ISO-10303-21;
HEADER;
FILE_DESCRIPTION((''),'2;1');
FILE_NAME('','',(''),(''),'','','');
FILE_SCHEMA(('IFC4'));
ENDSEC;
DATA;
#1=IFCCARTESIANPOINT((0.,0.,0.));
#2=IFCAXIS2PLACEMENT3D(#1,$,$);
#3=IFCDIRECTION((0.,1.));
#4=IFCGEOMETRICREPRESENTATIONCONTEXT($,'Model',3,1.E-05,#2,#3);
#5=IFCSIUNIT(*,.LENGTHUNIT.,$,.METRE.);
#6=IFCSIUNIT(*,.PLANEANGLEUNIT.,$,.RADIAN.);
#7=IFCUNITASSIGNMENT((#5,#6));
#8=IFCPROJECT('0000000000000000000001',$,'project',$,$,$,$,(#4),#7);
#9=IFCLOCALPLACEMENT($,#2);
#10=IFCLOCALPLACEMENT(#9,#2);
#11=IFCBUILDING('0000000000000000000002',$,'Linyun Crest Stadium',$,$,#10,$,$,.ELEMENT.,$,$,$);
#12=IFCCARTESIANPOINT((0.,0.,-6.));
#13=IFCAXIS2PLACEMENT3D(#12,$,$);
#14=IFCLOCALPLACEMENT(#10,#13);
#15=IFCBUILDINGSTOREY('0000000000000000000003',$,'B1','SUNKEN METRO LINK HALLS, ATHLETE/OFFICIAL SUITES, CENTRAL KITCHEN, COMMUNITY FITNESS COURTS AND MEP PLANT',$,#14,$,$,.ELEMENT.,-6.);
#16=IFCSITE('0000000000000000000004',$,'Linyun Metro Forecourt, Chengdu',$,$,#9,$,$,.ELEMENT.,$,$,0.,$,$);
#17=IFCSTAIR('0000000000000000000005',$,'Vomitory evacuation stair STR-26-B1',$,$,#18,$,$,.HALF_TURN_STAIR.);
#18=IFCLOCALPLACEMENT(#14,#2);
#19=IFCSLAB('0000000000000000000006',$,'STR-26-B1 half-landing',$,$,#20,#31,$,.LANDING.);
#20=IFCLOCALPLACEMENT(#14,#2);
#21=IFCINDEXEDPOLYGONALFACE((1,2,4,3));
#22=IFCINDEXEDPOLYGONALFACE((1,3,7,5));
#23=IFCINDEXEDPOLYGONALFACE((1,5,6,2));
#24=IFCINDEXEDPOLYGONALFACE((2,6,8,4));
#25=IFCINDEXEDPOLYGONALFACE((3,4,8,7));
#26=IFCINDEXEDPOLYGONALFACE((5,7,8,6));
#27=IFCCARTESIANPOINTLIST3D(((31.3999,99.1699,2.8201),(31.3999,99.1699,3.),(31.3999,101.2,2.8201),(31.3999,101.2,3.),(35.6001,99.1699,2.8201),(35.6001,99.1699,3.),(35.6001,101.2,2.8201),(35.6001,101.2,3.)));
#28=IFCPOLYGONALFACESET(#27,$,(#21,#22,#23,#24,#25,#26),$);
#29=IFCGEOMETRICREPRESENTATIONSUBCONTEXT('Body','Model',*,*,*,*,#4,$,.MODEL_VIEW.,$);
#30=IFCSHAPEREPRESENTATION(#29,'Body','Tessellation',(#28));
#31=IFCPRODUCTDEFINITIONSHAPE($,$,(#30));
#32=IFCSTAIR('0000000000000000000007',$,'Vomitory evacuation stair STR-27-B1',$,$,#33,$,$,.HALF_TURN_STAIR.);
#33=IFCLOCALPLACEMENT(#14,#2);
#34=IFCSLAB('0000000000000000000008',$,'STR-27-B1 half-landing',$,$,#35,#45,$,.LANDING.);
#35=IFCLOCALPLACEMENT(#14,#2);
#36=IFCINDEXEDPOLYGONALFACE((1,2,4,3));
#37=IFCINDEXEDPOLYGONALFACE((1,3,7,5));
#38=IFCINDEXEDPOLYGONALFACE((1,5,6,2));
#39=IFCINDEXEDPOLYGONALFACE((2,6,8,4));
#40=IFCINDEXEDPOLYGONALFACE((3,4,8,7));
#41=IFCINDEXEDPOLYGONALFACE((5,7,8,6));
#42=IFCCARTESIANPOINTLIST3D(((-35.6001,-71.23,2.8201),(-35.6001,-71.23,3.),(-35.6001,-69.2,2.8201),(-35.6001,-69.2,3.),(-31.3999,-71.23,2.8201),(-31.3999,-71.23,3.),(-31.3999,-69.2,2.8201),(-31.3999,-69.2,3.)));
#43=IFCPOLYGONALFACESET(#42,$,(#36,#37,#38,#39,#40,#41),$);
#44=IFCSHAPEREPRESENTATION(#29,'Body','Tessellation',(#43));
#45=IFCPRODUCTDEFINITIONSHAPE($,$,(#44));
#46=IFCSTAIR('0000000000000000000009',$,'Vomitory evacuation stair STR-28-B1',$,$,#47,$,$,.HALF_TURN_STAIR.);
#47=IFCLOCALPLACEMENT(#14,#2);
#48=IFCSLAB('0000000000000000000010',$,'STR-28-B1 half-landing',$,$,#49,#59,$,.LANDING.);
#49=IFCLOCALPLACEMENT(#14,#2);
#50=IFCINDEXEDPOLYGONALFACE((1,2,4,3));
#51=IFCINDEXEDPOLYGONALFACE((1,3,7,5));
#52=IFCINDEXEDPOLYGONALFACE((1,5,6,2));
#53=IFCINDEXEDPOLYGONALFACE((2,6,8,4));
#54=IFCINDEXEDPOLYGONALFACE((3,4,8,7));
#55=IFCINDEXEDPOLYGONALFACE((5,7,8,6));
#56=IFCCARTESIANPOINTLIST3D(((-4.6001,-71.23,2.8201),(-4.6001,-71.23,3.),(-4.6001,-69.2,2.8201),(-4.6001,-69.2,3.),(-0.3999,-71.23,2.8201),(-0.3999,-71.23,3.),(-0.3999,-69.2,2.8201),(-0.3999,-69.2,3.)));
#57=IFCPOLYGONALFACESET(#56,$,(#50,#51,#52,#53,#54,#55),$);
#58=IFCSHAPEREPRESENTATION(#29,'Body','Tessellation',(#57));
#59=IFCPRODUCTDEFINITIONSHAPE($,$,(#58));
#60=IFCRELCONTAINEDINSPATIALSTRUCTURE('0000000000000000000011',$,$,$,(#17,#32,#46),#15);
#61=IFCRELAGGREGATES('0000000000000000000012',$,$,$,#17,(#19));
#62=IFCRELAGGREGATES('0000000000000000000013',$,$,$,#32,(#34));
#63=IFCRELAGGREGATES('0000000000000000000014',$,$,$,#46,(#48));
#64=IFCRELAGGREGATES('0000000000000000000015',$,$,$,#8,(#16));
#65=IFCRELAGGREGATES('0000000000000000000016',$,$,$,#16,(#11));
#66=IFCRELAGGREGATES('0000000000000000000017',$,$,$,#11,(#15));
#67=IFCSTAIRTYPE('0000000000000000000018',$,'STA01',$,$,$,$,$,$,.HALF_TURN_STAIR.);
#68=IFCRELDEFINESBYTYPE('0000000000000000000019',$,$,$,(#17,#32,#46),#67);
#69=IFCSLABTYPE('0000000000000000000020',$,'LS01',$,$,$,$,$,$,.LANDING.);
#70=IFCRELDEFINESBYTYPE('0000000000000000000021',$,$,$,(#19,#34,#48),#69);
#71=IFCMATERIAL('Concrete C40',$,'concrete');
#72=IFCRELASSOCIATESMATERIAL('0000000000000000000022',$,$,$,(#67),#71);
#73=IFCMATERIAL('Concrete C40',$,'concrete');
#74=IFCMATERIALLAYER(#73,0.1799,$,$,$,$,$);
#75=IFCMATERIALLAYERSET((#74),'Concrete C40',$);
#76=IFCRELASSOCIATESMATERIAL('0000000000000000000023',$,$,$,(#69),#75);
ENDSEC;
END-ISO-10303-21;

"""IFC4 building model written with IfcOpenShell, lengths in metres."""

from ifc_helpers import new_model, si_unit, direction, frame, origin, place, context, subcontext, project, spatial, polyline, outline, extrude, material, layer, layer_set, type_object, element, aggregate, save


model = new_model("IFC4")

# Units and contexts
model_context = context("Model", 3, precision=1e-05, world=origin(), true_north=direction((0.0, 1.0)))
body_context = subcontext(model_context, "Body", "Model", "MODEL_VIEW")
ifc_project = project(units=[si_unit("LENGTHUNIT", "METRE"), si_unit("PLANEANGLEUNIT", "RADIAN")], contexts=[model_context])

# Site, building, storey
site_placement = place(None, origin())
site = spatial("IfcSite", under=ifc_project, at=site_placement, Name="Linyun Metro Forecourt, Chengdu", CompositionType="ELEMENT", RefElevation=0.0)
building_placement = place(site_placement, origin())
building = spatial("IfcBuilding", under=site, at=building_placement, Name="Linyun Crest Stadium", CompositionType="ELEMENT")
storey_placement = place(building_placement, frame((0.0, 0.0, -6.0)))
storey = spatial("IfcBuildingStorey", under=building, at=storey_placement, Name="B1", Description="SUNKEN METRO LINK HALLS, ATHLETE/OFFICIAL SUITES, CENTRAL KITCHEN, COMMUNITY FITNESS COURTS AND MEP PLANT", CompositionType="ELEMENT", Elevation=-6.0)

# Stairs, slabs
ifc_material_1 = material(Name="Concrete C40", Category="concrete")
stair_type = type_object("IfcStairType", Name="STA01", PredefinedType="HALF_TURN_STAIR", material=ifc_material_1)
ifc_material_2 = material(Name="Concrete C40", Category="concrete")
ifc_layer = layer(ifc_material_2, 0.1799)
ifc_layer_set = layer_set([ifc_layer], Name="Concrete C40")
slab_type = type_object("IfcSlabType", Name="LS01", PredefinedType="LANDING", material=ifc_layer_set)
stair_1_placement = place(storey_placement, origin())
stair_1 = element("IfcStair", 1, at=stair_1_placement, inside=storey, type_object=stair_type, Name="Vomitory evacuation stair STR-26-B1", PredefinedType="HALF_TURN_STAIR")
slab_1_placement = place(storey_placement, frame((0.0, 0.0, 2.8201)))
slab_1 = element("IfcSlab", 2, at=slab_1_placement, type_object=slab_type, Name="STR-26-B1 half-landing", PredefinedType="LANDING", context=body_context, shape_type="SweptSolid", body=[
    extrude(outline(polyline([(31.3999, 99.1699), (35.6001, 99.1699), (35.6001, 101.2), (31.3999, 101.2), (31.3999, 99.1699)])), origin(), (0.0, 0.0, 1.0), 0.1799),
])
aggregate(stair_1, [slab_1])
stair_2_placement = place(storey_placement, origin())
stair_2 = element("IfcStair", 3, at=stair_2_placement, inside=storey, type_object=stair_type, Name="Vomitory evacuation stair STR-27-B1", PredefinedType="HALF_TURN_STAIR")
slab_2_placement = place(storey_placement, frame((0.0, 0.0, 2.8201)))
slab_2 = element("IfcSlab", 4, at=slab_2_placement, type_object=slab_type, Name="STR-27-B1 half-landing", PredefinedType="LANDING", context=body_context, shape_type="SweptSolid", body=[
    extrude(outline(polyline([(-35.6001, -71.23), (-31.3999, -71.23), (-31.3999, -69.2), (-35.6001, -69.2), (-35.6001, -71.23)])), origin(), (0.0, 0.0, 1.0), 0.1799),
])
aggregate(stair_2, [slab_2])
stair_3_placement = place(storey_placement, origin())
stair_3 = element("IfcStair", 5, at=stair_3_placement, inside=storey, type_object=stair_type, Name="Vomitory evacuation stair STR-28-B1", PredefinedType="HALF_TURN_STAIR")
slab_3_placement = place(storey_placement, frame((0.0, 0.0, 2.8201)))
slab_3 = element("IfcSlab", 6, at=slab_3_placement, type_object=slab_type, Name="STR-28-B1 half-landing", PredefinedType="LANDING", context=body_context, shape_type="SweptSolid", body=[
    extrude(outline(polyline([(-4.6001, -71.23), (-0.3999, -71.23), (-0.3999, -69.2), (-4.6001, -69.2), (-4.6001, -71.23)])), origin(), (0.0, 0.0, 1.0), 0.1799),
])
aggregate(stair_3, [slab_3])

save(model, "model.ifc")
